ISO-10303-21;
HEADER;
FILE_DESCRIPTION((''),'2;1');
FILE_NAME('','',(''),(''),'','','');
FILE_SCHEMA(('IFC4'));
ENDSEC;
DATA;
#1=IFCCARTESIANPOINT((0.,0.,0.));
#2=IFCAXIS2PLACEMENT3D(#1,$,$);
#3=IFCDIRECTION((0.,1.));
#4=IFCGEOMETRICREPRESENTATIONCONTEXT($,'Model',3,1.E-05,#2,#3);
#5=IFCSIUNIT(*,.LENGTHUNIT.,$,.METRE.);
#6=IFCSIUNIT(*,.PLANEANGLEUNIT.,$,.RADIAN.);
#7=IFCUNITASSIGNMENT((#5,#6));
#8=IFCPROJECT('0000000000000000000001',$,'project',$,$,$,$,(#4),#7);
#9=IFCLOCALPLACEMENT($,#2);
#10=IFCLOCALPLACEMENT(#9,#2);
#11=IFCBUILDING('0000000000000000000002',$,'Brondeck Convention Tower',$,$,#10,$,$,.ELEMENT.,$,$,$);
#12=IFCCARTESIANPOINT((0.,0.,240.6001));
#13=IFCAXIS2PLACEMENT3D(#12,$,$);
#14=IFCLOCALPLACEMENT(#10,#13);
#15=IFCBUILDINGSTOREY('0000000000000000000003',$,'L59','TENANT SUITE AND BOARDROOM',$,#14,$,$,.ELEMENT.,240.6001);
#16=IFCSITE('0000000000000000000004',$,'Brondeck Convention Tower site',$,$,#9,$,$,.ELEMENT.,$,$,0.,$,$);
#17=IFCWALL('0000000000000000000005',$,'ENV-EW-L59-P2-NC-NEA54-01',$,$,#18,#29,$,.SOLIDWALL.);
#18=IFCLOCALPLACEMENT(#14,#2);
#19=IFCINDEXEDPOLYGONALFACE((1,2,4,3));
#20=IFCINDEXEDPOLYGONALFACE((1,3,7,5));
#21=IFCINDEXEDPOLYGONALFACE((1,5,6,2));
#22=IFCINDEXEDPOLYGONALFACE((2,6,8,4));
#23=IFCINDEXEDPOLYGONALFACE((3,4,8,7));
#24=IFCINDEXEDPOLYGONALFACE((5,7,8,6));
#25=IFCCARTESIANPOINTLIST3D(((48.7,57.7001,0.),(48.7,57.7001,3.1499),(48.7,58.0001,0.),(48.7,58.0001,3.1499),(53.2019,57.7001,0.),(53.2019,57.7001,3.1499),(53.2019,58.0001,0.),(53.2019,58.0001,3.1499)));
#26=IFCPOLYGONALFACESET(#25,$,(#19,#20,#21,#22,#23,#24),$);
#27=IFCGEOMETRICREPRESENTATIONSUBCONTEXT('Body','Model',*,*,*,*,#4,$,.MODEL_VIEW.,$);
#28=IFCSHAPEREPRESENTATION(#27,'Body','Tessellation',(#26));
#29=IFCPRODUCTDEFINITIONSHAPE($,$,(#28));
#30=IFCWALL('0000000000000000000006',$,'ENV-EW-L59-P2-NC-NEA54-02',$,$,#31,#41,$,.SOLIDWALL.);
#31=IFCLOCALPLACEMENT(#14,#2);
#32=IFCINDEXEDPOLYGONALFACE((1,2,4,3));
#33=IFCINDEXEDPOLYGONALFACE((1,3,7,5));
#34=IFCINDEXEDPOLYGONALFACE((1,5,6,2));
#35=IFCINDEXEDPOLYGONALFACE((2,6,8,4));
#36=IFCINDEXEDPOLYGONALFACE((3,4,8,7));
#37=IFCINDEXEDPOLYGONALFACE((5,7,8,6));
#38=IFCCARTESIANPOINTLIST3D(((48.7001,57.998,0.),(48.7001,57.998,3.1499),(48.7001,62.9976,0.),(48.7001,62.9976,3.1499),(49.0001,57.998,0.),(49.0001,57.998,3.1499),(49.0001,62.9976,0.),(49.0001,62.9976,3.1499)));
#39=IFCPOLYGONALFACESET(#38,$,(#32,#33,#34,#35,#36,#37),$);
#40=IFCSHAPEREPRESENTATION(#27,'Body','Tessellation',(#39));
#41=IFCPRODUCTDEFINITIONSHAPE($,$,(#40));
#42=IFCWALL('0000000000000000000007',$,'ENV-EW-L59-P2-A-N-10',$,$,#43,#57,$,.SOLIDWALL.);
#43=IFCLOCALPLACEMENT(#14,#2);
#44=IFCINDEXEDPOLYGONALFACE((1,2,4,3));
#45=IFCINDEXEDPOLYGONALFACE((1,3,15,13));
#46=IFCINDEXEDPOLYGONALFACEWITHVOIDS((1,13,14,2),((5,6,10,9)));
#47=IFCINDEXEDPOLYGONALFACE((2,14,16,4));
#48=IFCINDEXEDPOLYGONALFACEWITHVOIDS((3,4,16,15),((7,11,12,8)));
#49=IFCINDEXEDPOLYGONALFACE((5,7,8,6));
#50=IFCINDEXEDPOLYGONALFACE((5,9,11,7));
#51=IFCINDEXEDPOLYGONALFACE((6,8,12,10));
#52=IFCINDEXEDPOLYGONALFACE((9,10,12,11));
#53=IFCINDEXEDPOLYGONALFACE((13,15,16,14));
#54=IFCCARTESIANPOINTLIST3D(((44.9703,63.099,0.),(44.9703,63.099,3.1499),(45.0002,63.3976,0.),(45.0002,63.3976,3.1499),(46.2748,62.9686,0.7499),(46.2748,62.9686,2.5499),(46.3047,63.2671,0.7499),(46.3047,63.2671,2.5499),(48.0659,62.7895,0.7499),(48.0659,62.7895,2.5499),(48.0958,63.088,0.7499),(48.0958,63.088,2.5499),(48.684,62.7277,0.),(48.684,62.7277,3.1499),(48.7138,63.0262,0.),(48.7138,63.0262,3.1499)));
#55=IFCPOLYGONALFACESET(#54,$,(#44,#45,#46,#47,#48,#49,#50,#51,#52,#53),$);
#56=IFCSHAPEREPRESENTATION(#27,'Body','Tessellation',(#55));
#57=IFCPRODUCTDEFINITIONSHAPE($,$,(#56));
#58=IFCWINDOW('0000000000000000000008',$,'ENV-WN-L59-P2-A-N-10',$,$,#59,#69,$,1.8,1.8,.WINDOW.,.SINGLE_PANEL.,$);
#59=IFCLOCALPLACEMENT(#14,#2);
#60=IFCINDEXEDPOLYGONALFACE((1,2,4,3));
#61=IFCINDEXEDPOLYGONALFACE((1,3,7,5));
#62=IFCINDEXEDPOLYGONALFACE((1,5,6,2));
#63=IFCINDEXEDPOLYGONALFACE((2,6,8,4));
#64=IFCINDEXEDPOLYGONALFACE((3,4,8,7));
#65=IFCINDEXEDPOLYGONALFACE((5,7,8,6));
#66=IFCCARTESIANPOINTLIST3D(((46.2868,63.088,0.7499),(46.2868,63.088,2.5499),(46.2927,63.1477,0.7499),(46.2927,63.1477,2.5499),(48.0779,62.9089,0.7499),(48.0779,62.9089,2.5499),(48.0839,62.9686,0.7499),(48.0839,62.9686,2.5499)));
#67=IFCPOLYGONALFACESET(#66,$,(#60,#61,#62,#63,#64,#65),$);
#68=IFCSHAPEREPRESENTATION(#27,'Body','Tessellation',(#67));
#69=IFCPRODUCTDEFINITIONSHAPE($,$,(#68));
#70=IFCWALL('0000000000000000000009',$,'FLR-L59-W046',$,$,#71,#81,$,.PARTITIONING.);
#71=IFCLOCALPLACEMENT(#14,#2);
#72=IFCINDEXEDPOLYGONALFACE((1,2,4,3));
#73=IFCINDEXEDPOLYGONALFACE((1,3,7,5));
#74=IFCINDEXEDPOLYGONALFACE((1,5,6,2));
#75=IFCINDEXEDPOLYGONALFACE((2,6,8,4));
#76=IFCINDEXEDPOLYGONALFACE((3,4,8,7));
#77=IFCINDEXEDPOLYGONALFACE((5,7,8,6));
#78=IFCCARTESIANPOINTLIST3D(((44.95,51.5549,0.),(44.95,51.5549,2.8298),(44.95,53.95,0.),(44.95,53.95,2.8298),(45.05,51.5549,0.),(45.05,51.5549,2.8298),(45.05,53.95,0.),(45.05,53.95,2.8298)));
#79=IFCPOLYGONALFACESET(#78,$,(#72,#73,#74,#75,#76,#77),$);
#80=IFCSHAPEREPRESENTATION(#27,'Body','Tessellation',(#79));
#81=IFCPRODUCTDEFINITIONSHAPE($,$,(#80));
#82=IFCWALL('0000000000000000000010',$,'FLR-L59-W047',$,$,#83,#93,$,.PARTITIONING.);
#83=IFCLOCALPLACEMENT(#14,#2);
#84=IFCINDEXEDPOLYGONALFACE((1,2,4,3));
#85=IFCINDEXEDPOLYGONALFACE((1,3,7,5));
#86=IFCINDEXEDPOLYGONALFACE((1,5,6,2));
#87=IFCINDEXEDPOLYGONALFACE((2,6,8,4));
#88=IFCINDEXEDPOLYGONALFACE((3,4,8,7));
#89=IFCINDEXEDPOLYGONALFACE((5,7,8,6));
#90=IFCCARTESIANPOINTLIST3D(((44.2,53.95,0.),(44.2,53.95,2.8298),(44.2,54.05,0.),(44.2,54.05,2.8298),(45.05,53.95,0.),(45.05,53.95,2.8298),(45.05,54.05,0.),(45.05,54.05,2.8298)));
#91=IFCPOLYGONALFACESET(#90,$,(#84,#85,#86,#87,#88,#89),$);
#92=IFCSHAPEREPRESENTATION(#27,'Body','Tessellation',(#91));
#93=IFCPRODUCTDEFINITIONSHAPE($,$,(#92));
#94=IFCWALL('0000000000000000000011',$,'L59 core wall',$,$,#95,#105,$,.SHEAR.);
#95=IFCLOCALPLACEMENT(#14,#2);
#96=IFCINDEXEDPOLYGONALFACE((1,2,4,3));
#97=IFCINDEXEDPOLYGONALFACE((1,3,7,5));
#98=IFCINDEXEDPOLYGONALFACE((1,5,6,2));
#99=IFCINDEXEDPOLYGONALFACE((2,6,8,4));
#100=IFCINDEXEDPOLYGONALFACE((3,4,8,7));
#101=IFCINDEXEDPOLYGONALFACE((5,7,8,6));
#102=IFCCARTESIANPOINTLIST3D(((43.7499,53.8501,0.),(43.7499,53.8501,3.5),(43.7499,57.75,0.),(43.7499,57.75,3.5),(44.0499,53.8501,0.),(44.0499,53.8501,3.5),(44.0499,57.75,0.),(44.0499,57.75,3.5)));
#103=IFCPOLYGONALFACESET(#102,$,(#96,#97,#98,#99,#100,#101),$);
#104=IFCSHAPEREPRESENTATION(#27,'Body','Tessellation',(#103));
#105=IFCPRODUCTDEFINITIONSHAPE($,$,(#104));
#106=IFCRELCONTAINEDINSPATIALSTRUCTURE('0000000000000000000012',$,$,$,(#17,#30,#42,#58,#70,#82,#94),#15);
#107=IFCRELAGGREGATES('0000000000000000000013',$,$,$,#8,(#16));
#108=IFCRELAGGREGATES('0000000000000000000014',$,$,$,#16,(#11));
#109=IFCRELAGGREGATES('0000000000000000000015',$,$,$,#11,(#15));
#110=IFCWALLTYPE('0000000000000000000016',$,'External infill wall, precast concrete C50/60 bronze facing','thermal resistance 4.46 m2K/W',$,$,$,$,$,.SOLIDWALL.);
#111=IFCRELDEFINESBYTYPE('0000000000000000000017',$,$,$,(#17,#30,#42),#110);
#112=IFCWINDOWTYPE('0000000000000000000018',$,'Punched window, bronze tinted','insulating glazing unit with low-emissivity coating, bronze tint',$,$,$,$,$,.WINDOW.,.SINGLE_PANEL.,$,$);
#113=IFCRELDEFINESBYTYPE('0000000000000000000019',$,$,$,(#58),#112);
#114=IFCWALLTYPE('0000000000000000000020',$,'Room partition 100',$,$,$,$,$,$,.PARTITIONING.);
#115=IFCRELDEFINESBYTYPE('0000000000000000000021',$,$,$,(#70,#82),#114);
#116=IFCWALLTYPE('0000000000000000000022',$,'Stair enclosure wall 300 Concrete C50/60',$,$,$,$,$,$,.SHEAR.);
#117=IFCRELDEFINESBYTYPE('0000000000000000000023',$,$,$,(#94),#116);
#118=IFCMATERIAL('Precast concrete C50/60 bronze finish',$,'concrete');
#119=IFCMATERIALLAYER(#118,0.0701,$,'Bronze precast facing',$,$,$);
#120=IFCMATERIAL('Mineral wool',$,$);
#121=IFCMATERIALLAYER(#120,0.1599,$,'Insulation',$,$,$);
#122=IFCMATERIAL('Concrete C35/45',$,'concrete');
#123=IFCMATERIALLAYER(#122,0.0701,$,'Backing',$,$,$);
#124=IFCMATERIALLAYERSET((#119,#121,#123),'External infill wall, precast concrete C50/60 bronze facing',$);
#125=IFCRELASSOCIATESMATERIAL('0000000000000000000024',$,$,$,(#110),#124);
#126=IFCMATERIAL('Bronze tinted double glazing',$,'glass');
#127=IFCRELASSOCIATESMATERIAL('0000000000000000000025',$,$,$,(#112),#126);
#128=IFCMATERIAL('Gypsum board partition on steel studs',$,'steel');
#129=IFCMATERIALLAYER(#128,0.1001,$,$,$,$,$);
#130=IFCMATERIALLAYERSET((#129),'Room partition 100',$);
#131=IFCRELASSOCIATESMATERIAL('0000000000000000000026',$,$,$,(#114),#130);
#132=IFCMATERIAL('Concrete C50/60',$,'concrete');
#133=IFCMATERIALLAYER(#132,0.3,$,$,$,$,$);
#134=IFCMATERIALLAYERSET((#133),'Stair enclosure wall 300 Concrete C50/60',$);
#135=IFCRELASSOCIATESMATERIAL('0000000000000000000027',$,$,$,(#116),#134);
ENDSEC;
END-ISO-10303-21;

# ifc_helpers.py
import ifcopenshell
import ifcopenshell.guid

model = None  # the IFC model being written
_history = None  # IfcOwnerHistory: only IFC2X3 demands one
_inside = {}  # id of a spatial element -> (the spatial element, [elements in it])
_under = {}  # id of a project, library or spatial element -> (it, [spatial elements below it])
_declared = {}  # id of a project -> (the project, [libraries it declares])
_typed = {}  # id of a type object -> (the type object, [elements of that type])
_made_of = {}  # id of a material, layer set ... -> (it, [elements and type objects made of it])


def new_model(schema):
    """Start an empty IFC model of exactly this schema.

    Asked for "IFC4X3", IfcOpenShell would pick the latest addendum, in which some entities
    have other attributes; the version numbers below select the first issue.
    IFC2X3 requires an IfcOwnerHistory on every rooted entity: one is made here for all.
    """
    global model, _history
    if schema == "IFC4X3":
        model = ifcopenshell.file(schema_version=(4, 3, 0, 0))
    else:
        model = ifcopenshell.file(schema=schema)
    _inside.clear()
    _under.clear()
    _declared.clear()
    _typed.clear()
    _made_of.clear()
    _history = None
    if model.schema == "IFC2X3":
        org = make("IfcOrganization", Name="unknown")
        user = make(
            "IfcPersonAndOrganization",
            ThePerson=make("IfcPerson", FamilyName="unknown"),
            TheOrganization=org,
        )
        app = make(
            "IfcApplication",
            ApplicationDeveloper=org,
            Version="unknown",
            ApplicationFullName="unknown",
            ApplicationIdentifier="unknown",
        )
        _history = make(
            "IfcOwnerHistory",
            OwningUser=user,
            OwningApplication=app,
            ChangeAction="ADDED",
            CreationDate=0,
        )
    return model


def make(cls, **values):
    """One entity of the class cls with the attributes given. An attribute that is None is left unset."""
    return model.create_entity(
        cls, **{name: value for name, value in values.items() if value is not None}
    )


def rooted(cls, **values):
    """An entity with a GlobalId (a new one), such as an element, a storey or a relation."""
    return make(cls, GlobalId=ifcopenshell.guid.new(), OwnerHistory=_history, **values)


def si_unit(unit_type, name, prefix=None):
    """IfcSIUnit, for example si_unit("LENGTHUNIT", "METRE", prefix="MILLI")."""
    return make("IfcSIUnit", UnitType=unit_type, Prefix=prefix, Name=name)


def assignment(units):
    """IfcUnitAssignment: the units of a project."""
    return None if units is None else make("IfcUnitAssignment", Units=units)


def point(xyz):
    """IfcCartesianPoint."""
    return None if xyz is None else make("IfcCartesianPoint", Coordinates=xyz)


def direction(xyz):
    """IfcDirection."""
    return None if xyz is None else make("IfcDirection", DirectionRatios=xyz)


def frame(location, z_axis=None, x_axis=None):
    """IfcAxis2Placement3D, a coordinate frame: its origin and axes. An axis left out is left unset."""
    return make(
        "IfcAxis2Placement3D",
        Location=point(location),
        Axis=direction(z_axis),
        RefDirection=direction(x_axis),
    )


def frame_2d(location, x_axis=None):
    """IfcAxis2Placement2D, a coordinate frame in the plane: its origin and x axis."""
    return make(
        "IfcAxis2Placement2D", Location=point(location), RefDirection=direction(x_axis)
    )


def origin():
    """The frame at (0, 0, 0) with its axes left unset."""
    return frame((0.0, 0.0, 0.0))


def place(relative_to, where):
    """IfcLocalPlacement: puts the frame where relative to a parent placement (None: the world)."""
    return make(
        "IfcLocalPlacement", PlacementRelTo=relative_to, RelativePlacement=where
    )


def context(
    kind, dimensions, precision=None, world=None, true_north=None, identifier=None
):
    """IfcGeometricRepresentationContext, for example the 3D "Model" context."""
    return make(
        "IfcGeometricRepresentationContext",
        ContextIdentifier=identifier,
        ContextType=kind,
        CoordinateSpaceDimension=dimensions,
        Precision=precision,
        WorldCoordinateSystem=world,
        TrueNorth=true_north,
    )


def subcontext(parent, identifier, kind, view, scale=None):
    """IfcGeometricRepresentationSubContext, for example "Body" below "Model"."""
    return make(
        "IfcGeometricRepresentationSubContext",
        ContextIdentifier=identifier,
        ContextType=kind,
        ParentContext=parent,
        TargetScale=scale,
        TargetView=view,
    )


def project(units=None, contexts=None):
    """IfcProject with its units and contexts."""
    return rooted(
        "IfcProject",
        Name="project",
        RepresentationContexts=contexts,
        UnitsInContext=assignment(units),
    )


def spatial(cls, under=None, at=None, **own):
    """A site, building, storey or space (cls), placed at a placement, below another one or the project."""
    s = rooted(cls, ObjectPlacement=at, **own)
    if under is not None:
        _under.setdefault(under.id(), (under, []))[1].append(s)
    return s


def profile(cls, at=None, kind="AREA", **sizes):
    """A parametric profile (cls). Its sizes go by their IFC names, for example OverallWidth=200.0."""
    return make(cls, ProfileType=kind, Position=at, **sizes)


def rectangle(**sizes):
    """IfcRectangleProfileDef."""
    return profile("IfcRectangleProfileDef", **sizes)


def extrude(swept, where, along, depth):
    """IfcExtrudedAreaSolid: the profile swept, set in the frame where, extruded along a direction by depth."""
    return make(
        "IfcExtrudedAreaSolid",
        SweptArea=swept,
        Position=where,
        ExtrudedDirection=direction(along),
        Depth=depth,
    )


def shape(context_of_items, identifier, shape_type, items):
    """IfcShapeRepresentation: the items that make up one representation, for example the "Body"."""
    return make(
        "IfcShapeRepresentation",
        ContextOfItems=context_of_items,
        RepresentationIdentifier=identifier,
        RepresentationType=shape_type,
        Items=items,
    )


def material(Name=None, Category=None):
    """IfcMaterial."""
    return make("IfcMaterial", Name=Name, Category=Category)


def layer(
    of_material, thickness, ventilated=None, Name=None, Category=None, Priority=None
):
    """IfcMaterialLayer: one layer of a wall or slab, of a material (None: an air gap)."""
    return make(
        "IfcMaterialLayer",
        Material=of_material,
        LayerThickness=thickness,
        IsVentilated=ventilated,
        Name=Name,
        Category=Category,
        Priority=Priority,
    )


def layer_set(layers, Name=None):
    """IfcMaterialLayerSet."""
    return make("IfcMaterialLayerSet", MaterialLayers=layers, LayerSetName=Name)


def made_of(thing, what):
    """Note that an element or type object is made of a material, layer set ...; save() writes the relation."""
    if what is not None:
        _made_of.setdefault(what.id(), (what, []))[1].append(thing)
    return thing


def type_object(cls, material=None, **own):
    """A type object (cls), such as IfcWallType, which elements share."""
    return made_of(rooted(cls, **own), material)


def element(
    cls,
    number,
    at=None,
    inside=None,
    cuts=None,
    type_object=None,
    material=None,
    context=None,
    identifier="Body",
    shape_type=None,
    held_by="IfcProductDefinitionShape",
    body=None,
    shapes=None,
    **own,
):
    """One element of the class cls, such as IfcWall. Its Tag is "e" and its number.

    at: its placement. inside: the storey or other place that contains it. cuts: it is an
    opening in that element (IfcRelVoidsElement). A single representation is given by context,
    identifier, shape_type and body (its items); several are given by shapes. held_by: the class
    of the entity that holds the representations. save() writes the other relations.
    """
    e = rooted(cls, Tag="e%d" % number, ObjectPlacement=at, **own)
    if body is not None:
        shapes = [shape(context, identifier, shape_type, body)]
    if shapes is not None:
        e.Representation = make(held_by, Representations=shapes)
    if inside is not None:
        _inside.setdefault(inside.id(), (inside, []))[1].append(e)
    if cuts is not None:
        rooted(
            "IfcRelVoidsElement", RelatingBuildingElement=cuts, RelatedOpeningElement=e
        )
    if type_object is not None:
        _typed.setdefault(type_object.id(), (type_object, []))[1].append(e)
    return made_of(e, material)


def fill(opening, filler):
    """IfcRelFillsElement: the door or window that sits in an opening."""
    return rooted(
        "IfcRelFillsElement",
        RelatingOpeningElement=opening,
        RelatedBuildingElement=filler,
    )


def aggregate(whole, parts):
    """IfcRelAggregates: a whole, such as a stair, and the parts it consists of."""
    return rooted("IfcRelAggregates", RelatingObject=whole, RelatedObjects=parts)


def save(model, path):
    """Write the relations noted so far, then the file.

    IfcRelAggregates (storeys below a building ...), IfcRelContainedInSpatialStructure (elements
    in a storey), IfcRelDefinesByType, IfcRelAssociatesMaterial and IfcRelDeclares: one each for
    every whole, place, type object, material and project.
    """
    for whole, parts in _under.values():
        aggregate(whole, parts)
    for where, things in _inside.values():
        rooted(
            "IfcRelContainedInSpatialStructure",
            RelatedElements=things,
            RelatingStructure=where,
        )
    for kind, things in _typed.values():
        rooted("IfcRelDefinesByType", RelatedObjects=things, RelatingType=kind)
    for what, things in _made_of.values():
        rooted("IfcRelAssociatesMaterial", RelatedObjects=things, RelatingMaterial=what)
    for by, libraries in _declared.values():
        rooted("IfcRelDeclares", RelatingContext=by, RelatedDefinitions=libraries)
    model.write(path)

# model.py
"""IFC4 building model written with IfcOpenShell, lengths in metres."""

from ifc_helpers import new_model, si_unit, direction, frame, frame_2d, origin, place, context, subcontext, project, spatial, rectangle, extrude, material, layer, layer_set, type_object, element, fill, save


model = new_model("IFC4")

# Units and contexts
model_context = context("Model", 3, precision=1e-05, world=origin(), true_north=direction((0.0, 1.0)))
body_context = subcontext(model_context, "Body", "Model", "MODEL_VIEW")
ifc_project = project(units=[si_unit("LENGTHUNIT", "METRE"), si_unit("PLANEANGLEUNIT", "RADIAN")], contexts=[model_context])

# Site, building, storey
site_placement = place(None, origin())
site = spatial("IfcSite", under=ifc_project, at=site_placement, Name="Brondeck Convention Tower site", CompositionType="ELEMENT", RefElevation=0.0)
building_placement = place(site_placement, origin())
building = spatial("IfcBuilding", under=site, at=building_placement, Name="Brondeck Convention Tower", CompositionType="ELEMENT")
storey_placement = place(building_placement, frame((0.0, 0.0, 240.6001)))
storey = spatial("IfcBuildingStorey", under=building, at=storey_placement, Name="L59", Description="TENANT SUITE AND BOARDROOM", CompositionType="ELEMENT", Elevation=240.6001)

# Shared definitions
ifc_material_1 = material(Name="Concrete C50/60", Category="concrete")

# Shared definitions
ifc_material_2 = material(Name="Precast concrete C50/60 bronze finish", Category="concrete")
ifc_layer_1 = layer(ifc_material_2, 0.0701, Name="Bronze precast facing")
ifc_material_3 = material(Name="Mineral wool")
ifc_layer_2 = layer(ifc_material_3, 0.1599, Name="Insulation")
ifc_material_4 = material(Name="Concrete C35/45", Category="concrete")
ifc_layer_3 = layer(ifc_material_4, 0.0701, Name="Backing")
ifc_layer_set_1 = layer_set([ifc_layer_1, ifc_layer_2, ifc_layer_3], Name="External infill wall, precast concrete C50/60 bronze facing")
wall_type_1 = type_object("IfcWallType", Name="External infill wall, precast concrete C50/60 bronze facing", Description="thermal resistance 4.46 m2K/W", PredefinedType="SOLIDWALL", material=ifc_layer_set_1)
ifc_material_5 = material(Name="Bronze tinted double glazing", Category="glass")
window_type_1 = type_object("IfcWindowType", Name="Punched window, bronze tinted", Description="insulating glazing unit with low-emissivity coating, bronze tint", PartitioningType="SINGLE_PANEL", PredefinedType="WINDOW", material=ifc_material_5)

# Walls
wall_1_placement = place(storey_placement, frame((48.7, 57.8501, 0.0), z_axis=(0.0, 0.0, 1.0), x_axis=(1.0, 0.0, 0.0)))
element("IfcWall", 1, at=wall_1_placement, inside=storey, type_object=wall_type_1, Name="ENV-EW-L59-P2-NC-NEA54-01", PredefinedType="SOLIDWALL", context=body_context, shape_type="SweptSolid", body=[
    extrude(rectangle(XDim=4.502, YDim=0.3, at=frame_2d((2.251, 0.0))), origin(), (0.0, 0.0, 1.0), 3.1499),
])
wall_2_placement = place(storey_placement, frame((48.8501, 62.9976, 0.0), z_axis=(0.0, 0.0, 1.0), x_axis=(0.0, -1.0, 0.0)))
element("IfcWall", 2, at=wall_2_placement, inside=storey, type_object=wall_type_1, Name="ENV-EW-L59-P2-NC-NEA54-02", PredefinedType="SOLIDWALL", context=body_context, shape_type="SweptSolid", body=[
    extrude(rectangle(XDim=4.9995, YDim=0.3, at=frame_2d((2.4998, 0.0))), origin(), (0.0, 0.0, 1.0), 3.1499),
])

# Wall, opening, window
wall_3_placement = place(storey_placement, frame((44.9851, 63.2483, 0.0), z_axis=(0.0, 0.0, 1.0), x_axis=(0.995038, -0.099497, 0.0)))
wall_3 = element("IfcWall", 3, at=wall_3_placement, inside=storey, type_object=wall_type_1, Name="ENV-EW-L59-P2-A-N-10", PredefinedType="SOLIDWALL", context=body_context, shape_type="SweptSolid", body=[
    extrude(rectangle(XDim=3.7322, YDim=0.3, at=frame_2d((1.8662, 0.0))), origin(), (0.0, 0.0, 1.0), 3.1499),
])
opening_1_placement = place(wall_3_placement, frame((1.3113, 0.0, 0.75)))
opening_1 = element("IfcOpeningElement", 4, at=opening_1_placement, cuts=wall_3, PredefinedType="OPENING", context=body_context, shape_type="SweptSolid", body=[
    extrude(rectangle(XDim=1.8, YDim=1.8, at=frame_2d((0.8999, 0.8999))), frame((0.0, 0.1599, 0.0), z_axis=(0.0, -1.0, 0.0), x_axis=(1.0, 0.0, 0.0)), (0.0, 0.0, 1.0), 0.3201),
])
window_1_placement = place(opening_1_placement, origin())
window_1 = element("IfcWindow", 5, at=window_1_placement, inside=storey, type_object=window_type_1, Name="ENV-WN-L59-P2-A-N-10", OverallHeight=1.8, OverallWidth=1.8, PartitioningType="SINGLE_PANEL", PredefinedType="WINDOW", context=body_context, shape_type="SweptSolid", body=[
    extrude(rectangle(XDim=1.8, YDim=1.8, at=frame_2d((0.8999, 0.8999))), frame((0.0, 0.03, 0.0), z_axis=(0.0, -1.0, 0.0), x_axis=(1.0, 0.0, 0.0)), (0.0, 0.0, 1.0), 0.0601),
])
fill(opening_1, window_1)

# Walls
ifc_material_6 = material(Name="Gypsum board partition on steel studs", Category="steel")
ifc_layer_4 = layer(ifc_material_6, 0.1001)
ifc_layer_set_2 = layer_set([ifc_layer_4], Name="Room partition 100")
wall_type_2 = type_object("IfcWallType", Name="Room partition 100", PredefinedType="PARTITIONING", material=ifc_layer_set_2)
wall_4_placement = place(storey_placement, frame((45.0, 53.95, 0.0), z_axis=(0.0, 0.0, 1.0), x_axis=(0.0, -1.0, 0.0)))
element("IfcWall", 6, at=wall_4_placement, inside=storey, type_object=wall_type_2, Name="FLR-L59-W046", PredefinedType="PARTITIONING", context=body_context, shape_type="SweptSolid", body=[
    extrude(rectangle(XDim=2.395, YDim=0.1001, at=frame_2d((1.1975, 0.0))), origin(), (0.0, 0.0, 1.0), 2.8298),
])
wall_5_placement = place(storey_placement, frame((44.2, 54.0, 0.0), z_axis=(0.0, 0.0, 1.0), x_axis=(1.0, 0.0, 0.0)))
element("IfcWall", 7, at=wall_5_placement, inside=storey, type_object=wall_type_2, Name="FLR-L59-W047", PredefinedType="PARTITIONING", context=body_context, shape_type="SweptSolid", body=[
    extrude(rectangle(XDim=0.8501, YDim=0.1001, at=frame_2d((0.425, 0.0))), origin(), (0.0, 0.0, 1.0), 2.8298),
])
ifc_layer_5 = layer(ifc_material_1, 0.3)
ifc_layer_set_3 = layer_set([ifc_layer_5], Name="Stair enclosure wall 300 Concrete C50/60")
wall_type_3 = type_object("IfcWallType", Name="Stair enclosure wall 300 Concrete C50/60", PredefinedType="SHEAR", material=ifc_layer_set_3)
wall_6_placement = place(storey_placement, frame((43.8999, 53.8501, 0.0), z_axis=(0.0, 0.0, 1.0), x_axis=(0.0, 1.0, 0.0)))
element("IfcWall", 8, at=wall_6_placement, inside=storey, type_object=wall_type_3, Name="L59 core wall", PredefinedType="SHEAR", context=body_context, shape_type="SweptSolid", body=[
    extrude(rectangle(XDim=3.8999, YDim=0.3, at=frame_2d((1.95, 0.0))), origin(), (0.0, 0.0, 1.0), 3.5),
])

save(model, "model.ifc")
